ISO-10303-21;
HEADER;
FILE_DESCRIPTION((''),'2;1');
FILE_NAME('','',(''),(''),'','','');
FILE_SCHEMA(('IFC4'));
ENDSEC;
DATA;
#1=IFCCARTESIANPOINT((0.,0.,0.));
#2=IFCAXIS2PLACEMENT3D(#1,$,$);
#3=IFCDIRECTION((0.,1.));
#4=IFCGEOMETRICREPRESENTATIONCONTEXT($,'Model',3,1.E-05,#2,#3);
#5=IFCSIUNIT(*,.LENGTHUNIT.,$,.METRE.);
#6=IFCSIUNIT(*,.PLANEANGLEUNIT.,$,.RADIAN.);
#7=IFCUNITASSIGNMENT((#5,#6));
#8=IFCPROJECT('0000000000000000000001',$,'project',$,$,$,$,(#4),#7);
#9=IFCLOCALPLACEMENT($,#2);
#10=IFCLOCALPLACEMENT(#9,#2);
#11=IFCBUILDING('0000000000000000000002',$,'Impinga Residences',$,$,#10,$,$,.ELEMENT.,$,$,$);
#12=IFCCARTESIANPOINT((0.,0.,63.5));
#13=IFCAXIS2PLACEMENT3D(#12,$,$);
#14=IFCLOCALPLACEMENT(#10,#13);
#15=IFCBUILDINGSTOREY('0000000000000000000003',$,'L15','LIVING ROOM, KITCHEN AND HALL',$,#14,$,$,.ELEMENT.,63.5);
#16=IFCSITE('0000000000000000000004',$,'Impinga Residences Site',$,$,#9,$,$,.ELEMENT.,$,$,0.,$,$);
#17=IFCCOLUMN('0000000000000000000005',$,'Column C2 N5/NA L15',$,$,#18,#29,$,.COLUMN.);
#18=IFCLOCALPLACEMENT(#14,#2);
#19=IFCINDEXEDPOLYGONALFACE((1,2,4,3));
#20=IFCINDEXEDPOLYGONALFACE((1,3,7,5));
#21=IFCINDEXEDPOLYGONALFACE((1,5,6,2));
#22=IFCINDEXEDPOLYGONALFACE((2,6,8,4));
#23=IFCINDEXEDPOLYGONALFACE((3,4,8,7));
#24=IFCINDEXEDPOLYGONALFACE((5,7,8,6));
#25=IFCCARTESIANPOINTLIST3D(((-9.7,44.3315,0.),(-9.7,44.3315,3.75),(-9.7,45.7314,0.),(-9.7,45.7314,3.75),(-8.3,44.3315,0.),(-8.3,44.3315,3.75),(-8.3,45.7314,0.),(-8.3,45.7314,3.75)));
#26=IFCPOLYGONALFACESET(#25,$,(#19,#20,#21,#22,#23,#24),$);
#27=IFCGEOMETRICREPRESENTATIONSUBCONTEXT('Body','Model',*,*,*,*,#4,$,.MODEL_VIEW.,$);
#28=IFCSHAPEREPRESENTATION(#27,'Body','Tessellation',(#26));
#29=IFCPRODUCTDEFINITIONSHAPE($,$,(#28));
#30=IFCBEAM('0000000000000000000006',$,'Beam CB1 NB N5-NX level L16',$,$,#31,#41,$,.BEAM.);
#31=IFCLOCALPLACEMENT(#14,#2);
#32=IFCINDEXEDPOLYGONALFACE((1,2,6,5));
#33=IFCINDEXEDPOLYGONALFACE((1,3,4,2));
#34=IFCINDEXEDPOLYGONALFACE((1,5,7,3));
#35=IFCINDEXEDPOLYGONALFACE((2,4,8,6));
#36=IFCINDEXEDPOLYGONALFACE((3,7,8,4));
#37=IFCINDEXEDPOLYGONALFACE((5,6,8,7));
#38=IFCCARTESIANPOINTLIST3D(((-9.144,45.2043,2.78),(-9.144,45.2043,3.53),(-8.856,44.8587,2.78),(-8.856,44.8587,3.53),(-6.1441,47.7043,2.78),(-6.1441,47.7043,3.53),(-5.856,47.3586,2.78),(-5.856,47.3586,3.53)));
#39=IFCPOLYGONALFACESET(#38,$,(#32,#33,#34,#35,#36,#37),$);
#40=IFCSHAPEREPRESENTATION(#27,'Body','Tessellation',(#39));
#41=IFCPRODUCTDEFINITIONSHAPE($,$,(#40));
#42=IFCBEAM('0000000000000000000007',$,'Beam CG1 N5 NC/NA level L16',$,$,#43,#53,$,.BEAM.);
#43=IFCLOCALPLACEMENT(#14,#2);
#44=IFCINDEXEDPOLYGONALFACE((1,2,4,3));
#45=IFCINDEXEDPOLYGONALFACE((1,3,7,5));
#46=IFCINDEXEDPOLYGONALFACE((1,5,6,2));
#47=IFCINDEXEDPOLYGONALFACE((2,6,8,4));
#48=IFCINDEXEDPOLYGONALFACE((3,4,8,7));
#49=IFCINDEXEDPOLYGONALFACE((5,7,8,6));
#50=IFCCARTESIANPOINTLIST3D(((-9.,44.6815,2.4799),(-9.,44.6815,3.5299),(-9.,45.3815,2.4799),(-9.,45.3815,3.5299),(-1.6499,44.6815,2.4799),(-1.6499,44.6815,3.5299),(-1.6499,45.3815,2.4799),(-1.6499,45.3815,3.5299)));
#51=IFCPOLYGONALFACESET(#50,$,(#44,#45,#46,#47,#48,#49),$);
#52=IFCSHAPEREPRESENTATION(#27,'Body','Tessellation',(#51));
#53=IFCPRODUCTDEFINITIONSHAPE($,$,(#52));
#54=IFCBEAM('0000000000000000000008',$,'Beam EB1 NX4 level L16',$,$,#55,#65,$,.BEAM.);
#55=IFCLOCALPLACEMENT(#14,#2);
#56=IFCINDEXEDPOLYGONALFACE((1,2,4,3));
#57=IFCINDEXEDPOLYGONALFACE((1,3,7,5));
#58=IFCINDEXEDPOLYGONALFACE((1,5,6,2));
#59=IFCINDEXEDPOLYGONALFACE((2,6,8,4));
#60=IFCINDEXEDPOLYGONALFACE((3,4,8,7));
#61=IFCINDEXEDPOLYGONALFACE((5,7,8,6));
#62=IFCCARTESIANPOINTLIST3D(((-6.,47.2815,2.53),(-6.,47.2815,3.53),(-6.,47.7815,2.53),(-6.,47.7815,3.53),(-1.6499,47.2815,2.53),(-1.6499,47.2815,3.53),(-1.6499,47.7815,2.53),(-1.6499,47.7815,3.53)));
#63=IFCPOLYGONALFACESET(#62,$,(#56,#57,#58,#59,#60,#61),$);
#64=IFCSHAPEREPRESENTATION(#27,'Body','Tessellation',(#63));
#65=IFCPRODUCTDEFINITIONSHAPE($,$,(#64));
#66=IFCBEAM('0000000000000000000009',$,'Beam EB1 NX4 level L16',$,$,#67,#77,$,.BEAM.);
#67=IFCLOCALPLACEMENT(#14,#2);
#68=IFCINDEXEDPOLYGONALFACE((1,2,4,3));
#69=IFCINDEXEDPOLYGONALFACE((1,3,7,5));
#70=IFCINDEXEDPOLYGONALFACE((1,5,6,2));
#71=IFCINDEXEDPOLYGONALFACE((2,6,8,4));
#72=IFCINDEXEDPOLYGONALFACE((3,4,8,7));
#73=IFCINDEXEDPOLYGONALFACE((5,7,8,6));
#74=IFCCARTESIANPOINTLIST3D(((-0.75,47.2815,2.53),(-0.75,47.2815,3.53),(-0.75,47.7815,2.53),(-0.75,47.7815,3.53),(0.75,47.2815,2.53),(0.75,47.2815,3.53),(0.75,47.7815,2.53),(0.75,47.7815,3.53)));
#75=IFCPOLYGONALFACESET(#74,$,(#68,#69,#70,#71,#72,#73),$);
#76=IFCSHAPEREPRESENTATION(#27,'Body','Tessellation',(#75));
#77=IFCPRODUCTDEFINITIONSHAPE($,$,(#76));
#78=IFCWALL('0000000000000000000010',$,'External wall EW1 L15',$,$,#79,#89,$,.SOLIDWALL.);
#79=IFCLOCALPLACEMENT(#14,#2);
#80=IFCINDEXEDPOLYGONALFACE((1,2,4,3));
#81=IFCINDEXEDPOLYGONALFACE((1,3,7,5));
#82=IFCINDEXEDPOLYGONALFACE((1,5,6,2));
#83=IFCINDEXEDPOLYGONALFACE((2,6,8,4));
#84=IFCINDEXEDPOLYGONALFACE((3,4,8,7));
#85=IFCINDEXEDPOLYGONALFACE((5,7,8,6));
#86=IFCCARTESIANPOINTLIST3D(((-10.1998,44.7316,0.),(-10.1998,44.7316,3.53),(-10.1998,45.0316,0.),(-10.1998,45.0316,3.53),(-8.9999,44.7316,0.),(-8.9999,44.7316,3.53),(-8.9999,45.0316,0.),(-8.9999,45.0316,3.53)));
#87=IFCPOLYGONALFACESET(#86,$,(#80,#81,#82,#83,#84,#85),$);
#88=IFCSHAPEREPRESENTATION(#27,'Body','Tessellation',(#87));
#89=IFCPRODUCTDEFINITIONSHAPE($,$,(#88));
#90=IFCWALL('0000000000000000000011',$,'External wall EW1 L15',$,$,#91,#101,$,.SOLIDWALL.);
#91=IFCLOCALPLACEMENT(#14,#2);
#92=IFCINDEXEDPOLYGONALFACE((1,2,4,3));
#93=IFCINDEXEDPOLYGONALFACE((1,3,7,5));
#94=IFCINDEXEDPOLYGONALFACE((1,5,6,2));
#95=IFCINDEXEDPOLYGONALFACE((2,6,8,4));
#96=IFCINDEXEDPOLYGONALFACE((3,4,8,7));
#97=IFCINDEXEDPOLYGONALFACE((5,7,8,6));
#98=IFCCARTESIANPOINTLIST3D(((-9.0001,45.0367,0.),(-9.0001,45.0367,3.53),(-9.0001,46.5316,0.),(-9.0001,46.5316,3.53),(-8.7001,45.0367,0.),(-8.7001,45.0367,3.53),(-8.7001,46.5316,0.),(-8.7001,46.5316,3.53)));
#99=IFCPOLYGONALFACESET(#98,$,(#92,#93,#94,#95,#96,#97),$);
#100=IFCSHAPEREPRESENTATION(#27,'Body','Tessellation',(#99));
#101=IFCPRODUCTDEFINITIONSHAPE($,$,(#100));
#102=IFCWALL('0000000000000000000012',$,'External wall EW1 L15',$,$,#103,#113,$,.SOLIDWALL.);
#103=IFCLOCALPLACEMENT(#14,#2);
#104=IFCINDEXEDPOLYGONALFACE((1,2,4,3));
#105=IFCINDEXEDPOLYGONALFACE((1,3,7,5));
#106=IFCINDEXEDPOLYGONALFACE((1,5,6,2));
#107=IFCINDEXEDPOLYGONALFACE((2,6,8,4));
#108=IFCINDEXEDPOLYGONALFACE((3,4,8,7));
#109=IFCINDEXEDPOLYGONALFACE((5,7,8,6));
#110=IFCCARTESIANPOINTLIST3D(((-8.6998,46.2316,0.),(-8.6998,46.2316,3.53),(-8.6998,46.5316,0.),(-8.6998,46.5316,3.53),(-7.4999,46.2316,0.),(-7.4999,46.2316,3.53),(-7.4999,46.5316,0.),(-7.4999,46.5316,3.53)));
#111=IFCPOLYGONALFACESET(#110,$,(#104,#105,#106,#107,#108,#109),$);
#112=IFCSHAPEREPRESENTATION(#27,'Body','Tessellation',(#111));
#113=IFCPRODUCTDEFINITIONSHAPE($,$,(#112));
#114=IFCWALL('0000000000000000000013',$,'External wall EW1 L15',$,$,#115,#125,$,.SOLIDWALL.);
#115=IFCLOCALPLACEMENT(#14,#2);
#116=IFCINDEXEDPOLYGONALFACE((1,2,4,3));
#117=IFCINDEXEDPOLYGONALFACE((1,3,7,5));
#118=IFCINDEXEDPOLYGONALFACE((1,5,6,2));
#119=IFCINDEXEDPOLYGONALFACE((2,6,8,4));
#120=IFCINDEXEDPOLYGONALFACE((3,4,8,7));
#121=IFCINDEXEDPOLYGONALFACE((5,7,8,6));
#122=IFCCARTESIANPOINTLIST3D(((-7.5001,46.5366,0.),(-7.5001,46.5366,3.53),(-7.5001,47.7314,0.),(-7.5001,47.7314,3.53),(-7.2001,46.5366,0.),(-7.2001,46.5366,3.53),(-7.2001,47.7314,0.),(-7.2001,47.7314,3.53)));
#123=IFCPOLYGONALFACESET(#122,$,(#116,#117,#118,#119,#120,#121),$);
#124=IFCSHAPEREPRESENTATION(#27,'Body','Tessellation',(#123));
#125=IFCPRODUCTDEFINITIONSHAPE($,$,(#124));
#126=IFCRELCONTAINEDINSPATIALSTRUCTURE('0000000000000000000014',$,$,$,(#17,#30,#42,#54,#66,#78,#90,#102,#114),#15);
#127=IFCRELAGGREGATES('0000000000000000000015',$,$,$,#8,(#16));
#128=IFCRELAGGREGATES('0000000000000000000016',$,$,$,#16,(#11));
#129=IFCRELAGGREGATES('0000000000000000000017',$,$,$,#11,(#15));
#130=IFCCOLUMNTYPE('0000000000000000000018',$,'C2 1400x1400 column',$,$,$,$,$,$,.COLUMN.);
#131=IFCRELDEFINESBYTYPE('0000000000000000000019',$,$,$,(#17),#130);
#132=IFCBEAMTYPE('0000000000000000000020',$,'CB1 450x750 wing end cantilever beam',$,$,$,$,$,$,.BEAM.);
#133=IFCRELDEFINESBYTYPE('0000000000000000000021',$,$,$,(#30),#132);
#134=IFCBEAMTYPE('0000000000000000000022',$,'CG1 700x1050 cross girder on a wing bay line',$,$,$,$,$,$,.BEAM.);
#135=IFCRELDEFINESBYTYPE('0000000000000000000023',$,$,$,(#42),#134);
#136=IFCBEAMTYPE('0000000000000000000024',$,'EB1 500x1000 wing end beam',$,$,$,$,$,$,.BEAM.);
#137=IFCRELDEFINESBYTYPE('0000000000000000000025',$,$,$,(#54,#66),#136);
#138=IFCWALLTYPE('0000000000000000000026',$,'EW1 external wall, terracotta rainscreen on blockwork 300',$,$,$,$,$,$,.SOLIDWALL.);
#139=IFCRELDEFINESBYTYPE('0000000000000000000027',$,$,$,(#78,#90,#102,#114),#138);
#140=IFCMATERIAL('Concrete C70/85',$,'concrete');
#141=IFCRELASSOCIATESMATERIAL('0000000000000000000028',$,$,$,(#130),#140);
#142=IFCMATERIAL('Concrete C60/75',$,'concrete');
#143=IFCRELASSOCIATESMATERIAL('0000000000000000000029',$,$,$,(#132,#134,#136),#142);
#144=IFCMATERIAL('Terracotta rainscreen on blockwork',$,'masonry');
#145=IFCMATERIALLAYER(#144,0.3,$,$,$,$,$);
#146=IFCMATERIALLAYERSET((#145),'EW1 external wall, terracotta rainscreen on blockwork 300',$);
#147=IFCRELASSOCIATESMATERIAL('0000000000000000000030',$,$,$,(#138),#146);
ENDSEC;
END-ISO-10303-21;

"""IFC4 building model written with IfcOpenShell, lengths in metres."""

from ifc_helpers import new_model, si_unit, direction, frame, frame_2d, origin, origin_2d, place, context, subcontext, project, spatial, rectangle, extrude, material, layer, layer_set, material_profile, profile_set, type_object, element, save


model = new_model("IFC4")

# Units and contexts
model_context = context("Model", 3, precision=1e-05, world=origin(), true_north=direction((0.0, 1.0)))
body_context = subcontext(model_context, "Body", "Model", "MODEL_VIEW")
ifc_project = project(units=[si_unit("LENGTHUNIT", "METRE"), si_unit("PLANEANGLEUNIT", "RADIAN")], contexts=[model_context])

# Site, building, storey
site_placement = place(None, origin())
site = spatial("IfcSite", under=ifc_project, at=site_placement, Name="Impinga Residences Site", CompositionType="ELEMENT", RefElevation=0.0)
building_placement = place(site_placement, origin())
building = spatial("IfcBuilding", under=site, at=building_placement, Name="Impinga Residences", CompositionType="ELEMENT")
storey_placement = place(building_placement, frame((0.0, 0.0, 63.5)))
storey = spatial("IfcBuildingStorey", under=building, at=storey_placement, Name="L15", Description="LIVING ROOM, KITCHEN AND HALL", CompositionType="ELEMENT", Elevation=63.5)

# Column
ifc_material_1 = material(Name="Concrete C70/85", Category="concrete")
ifc_material_profile_1 = material_profile(ifc_material_1, rectangle(XDim=1.3999, YDim=1.3999, at=origin_2d()), Name="RC 1400x1400")
ifc_profile_set_1 = profile_set([ifc_material_profile_1], Name="Concrete C70/85")
column_type = type_object("IfcColumnType", Name="C2 1400x1400 column", PredefinedType="COLUMN", material=ifc_profile_set_1)
column_placement = place(storey_placement, frame((-9.0, 45.0315, 0.0), z_axis=(0.0, 0.0, 1.0), x_axis=(1.0, 0.0, 0.0)))
element("IfcColumn", 1, at=column_placement, inside=storey, type_object=column_type, Name="Column C2 N5/NA L15", PredefinedType="COLUMN", context=body_context, shape_type="SweptSolid", body=[
    extrude(rectangle(XDim=1.3999, YDim=1.3999, at=origin_2d()), origin(), (0.0, 0.0, 1.0), 3.75),
])

# Beams
ifc_material_2 = material(Name="Concrete C60/75", Category="concrete")
ifc_material_profile_2 = material_profile(ifc_material_2, rectangle(XDim=0.45, YDim=0.75, at=origin_2d()), Name="RC 450x750")
ifc_profile_set_2 = profile_set([ifc_material_profile_2], Name="Concrete C60/75")
beam_type_1 = type_object("IfcBeamType", Name="CB1 450x750 wing end cantilever beam", PredefinedType="BEAM", material=ifc_profile_set_2)
beam_1_placement = place(storey_placement, frame((-9.0, 45.0315, 3.155), z_axis=(0.768221, 0.640184, 0.0), x_axis=(-0.640184, 0.768221, 0.0)))
element("IfcBeam", 2, at=beam_1_placement, inside=storey, type_object=beam_type_1, Name="Beam CB1 NB N5-NX level L16", PredefinedType="BEAM", context=body_context, shape_type="SweptSolid", body=[
    extrude(rectangle(XDim=0.45, YDim=0.75, at=origin_2d()), origin(), (0.0, 0.0, 1.0), 3.905),
])
ifc_material_profile_3 = material_profile(ifc_material_2, rectangle(XDim=0.7, YDim=1.05, at=origin_2d()), Name="RC 700x1050")
ifc_profile_set_3 = profile_set([ifc_material_profile_3], Name="Concrete C60/75")
beam_type_2 = type_object("IfcBeamType", Name="CG1 700x1050 cross girder on a wing bay line", PredefinedType="BEAM", material=ifc_profile_set_3)
beam_2_placement = place(storey_placement, frame((-1.6499, 45.0315, 3.0049), z_axis=(-1.0, 0.0, 0.0), x_axis=(0.0, -1.0, 0.0)))
element("IfcBeam", 3, at=beam_2_placement, inside=storey, type_object=beam_type_2, Name="Beam CG1 N5 NC/NA level L16", PredefinedType="BEAM", context=body_context, shape_type="SweptSolid", body=[
    extrude(rectangle(XDim=0.7, YDim=1.05, at=origin_2d()), origin(), (0.0, 0.0, 1.0), 7.3501),
])
ifc_material_profile_4 = material_profile(ifc_material_2, rectangle(XDim=0.5, YDim=1.0, at=origin_2d()), Name="RC 500x1000")
ifc_profile_set_4 = profile_set([ifc_material_profile_4], Name="Concrete C60/75")
beam_type_3 = type_object("IfcBeamType", Name="EB1 500x1000 wing end beam", PredefinedType="BEAM", material=ifc_profile_set_4)
beam_3_placement = place(storey_placement, frame((-6.0, 47.5315, 3.03), z_axis=(1.0, 0.0, 0.0), x_axis=(0.0, 1.0, 0.0)))
element("IfcBeam", 4, at=beam_3_placement, inside=storey, type_object=beam_type_3, Name="Beam EB1 NX4 level L16", PredefinedType="BEAM", context=body_context, shape_type="SweptSolid", body=[
    extrude(rectangle(XDim=0.5, YDim=1.0, at=origin_2d()), origin(), (0.0, 0.0, 1.0), 4.3501),
])
beam_4_placement = place(storey_placement, frame((-0.75, 47.5315, 3.03), z_axis=(1.0, 0.0, 0.0), x_axis=(0.0, 1.0, 0.0)))
element("IfcBeam", 5, at=beam_4_placement, inside=storey, type_object=beam_type_3, Name="Beam EB1 NX4 level L16", PredefinedType="BEAM", context=body_context, shape_type="SweptSolid", body=[
    extrude(rectangle(XDim=0.5, YDim=1.0, at=origin_2d()), origin(), (0.0, 0.0, 1.0), 1.5),
])

# Walls
ifc_material_3 = material(Name="Terracotta rainscreen on blockwork", Category="masonry")
ifc_layer_1 = layer(ifc_material_3, 0.3)
ifc_layer_set_1 = layer_set([ifc_layer_1], Name="EW1 external wall, terracotta rainscreen on blockwork 300")
wall_type_1 = type_object("IfcWallType", Name="EW1 external wall, terracotta rainscreen on blockwork 300", PredefinedType="SOLIDWALL", material=ifc_layer_set_1)
wall_1_placement = place(storey_placement, frame((-10.2, 44.8816, 0.0), z_axis=(0.0, 0.0, 1.0), x_axis=(1.0, 0.0, 0.0)))
element("IfcWall", 6, at=wall_1_placement, inside=storey, type_object=wall_type_1, Name="External wall EW1 L15", PredefinedType="SOLIDWALL", context=body_context, shape_type="SweptSolid", body=[
    extrude(rectangle(XDim=1.2, YDim=0.3, at=frame_2d((0.6001, 0.0))), origin(), (0.0, 0.0, 1.0), 3.53),
])
wall_2_placement = place(storey_placement, frame((-8.8501, 45.0366, 0.0), z_axis=(0.0, 0.0, 1.0), x_axis=(0.0, 1.0, 0.0)))
element("IfcWall", 7, at=wall_2_placement, inside=storey, type_object=wall_type_1, Name="External wall EW1 L15", PredefinedType="SOLIDWALL", context=body_context, shape_type="SweptSolid", body=[
    extrude(rectangle(XDim=1.4949, YDim=0.3, at=frame_2d((0.7476, 0.0))), origin(), (0.0, 0.0, 1.0), 3.53),
])
wall_3_placement = place(storey_placement, frame((-8.7, 46.3816, 0.0), z_axis=(0.0, 0.0, 1.0), x_axis=(1.0, 0.0, 0.0)))
element("IfcWall", 8, at=wall_3_placement, inside=storey, type_object=wall_type_1, Name="External wall EW1 L15", PredefinedType="SOLIDWALL", context=body_context, shape_type="SweptSolid", body=[
    extrude(rectangle(XDim=1.2, YDim=0.3, at=frame_2d((0.6001, 0.0))), origin(), (0.0, 0.0, 1.0), 3.53),
])
wall_4_placement = place(storey_placement, frame((-7.3501, 46.5366, 0.0), z_axis=(0.0, 0.0, 1.0), x_axis=(0.0, 1.0, 0.0)))
element("IfcWall", 9, at=wall_4_placement, inside=storey, type_object=wall_type_1, Name="External wall EW1 L15", PredefinedType="SOLIDWALL", context=body_context, shape_type="SweptSolid", body=[
    extrude(rectangle(XDim=1.1948, YDim=0.3, at=frame_2d((0.5974, 0.0))), origin(), (0.0, 0.0, 1.0), 3.53),
])

save(model, "model.ifc")
